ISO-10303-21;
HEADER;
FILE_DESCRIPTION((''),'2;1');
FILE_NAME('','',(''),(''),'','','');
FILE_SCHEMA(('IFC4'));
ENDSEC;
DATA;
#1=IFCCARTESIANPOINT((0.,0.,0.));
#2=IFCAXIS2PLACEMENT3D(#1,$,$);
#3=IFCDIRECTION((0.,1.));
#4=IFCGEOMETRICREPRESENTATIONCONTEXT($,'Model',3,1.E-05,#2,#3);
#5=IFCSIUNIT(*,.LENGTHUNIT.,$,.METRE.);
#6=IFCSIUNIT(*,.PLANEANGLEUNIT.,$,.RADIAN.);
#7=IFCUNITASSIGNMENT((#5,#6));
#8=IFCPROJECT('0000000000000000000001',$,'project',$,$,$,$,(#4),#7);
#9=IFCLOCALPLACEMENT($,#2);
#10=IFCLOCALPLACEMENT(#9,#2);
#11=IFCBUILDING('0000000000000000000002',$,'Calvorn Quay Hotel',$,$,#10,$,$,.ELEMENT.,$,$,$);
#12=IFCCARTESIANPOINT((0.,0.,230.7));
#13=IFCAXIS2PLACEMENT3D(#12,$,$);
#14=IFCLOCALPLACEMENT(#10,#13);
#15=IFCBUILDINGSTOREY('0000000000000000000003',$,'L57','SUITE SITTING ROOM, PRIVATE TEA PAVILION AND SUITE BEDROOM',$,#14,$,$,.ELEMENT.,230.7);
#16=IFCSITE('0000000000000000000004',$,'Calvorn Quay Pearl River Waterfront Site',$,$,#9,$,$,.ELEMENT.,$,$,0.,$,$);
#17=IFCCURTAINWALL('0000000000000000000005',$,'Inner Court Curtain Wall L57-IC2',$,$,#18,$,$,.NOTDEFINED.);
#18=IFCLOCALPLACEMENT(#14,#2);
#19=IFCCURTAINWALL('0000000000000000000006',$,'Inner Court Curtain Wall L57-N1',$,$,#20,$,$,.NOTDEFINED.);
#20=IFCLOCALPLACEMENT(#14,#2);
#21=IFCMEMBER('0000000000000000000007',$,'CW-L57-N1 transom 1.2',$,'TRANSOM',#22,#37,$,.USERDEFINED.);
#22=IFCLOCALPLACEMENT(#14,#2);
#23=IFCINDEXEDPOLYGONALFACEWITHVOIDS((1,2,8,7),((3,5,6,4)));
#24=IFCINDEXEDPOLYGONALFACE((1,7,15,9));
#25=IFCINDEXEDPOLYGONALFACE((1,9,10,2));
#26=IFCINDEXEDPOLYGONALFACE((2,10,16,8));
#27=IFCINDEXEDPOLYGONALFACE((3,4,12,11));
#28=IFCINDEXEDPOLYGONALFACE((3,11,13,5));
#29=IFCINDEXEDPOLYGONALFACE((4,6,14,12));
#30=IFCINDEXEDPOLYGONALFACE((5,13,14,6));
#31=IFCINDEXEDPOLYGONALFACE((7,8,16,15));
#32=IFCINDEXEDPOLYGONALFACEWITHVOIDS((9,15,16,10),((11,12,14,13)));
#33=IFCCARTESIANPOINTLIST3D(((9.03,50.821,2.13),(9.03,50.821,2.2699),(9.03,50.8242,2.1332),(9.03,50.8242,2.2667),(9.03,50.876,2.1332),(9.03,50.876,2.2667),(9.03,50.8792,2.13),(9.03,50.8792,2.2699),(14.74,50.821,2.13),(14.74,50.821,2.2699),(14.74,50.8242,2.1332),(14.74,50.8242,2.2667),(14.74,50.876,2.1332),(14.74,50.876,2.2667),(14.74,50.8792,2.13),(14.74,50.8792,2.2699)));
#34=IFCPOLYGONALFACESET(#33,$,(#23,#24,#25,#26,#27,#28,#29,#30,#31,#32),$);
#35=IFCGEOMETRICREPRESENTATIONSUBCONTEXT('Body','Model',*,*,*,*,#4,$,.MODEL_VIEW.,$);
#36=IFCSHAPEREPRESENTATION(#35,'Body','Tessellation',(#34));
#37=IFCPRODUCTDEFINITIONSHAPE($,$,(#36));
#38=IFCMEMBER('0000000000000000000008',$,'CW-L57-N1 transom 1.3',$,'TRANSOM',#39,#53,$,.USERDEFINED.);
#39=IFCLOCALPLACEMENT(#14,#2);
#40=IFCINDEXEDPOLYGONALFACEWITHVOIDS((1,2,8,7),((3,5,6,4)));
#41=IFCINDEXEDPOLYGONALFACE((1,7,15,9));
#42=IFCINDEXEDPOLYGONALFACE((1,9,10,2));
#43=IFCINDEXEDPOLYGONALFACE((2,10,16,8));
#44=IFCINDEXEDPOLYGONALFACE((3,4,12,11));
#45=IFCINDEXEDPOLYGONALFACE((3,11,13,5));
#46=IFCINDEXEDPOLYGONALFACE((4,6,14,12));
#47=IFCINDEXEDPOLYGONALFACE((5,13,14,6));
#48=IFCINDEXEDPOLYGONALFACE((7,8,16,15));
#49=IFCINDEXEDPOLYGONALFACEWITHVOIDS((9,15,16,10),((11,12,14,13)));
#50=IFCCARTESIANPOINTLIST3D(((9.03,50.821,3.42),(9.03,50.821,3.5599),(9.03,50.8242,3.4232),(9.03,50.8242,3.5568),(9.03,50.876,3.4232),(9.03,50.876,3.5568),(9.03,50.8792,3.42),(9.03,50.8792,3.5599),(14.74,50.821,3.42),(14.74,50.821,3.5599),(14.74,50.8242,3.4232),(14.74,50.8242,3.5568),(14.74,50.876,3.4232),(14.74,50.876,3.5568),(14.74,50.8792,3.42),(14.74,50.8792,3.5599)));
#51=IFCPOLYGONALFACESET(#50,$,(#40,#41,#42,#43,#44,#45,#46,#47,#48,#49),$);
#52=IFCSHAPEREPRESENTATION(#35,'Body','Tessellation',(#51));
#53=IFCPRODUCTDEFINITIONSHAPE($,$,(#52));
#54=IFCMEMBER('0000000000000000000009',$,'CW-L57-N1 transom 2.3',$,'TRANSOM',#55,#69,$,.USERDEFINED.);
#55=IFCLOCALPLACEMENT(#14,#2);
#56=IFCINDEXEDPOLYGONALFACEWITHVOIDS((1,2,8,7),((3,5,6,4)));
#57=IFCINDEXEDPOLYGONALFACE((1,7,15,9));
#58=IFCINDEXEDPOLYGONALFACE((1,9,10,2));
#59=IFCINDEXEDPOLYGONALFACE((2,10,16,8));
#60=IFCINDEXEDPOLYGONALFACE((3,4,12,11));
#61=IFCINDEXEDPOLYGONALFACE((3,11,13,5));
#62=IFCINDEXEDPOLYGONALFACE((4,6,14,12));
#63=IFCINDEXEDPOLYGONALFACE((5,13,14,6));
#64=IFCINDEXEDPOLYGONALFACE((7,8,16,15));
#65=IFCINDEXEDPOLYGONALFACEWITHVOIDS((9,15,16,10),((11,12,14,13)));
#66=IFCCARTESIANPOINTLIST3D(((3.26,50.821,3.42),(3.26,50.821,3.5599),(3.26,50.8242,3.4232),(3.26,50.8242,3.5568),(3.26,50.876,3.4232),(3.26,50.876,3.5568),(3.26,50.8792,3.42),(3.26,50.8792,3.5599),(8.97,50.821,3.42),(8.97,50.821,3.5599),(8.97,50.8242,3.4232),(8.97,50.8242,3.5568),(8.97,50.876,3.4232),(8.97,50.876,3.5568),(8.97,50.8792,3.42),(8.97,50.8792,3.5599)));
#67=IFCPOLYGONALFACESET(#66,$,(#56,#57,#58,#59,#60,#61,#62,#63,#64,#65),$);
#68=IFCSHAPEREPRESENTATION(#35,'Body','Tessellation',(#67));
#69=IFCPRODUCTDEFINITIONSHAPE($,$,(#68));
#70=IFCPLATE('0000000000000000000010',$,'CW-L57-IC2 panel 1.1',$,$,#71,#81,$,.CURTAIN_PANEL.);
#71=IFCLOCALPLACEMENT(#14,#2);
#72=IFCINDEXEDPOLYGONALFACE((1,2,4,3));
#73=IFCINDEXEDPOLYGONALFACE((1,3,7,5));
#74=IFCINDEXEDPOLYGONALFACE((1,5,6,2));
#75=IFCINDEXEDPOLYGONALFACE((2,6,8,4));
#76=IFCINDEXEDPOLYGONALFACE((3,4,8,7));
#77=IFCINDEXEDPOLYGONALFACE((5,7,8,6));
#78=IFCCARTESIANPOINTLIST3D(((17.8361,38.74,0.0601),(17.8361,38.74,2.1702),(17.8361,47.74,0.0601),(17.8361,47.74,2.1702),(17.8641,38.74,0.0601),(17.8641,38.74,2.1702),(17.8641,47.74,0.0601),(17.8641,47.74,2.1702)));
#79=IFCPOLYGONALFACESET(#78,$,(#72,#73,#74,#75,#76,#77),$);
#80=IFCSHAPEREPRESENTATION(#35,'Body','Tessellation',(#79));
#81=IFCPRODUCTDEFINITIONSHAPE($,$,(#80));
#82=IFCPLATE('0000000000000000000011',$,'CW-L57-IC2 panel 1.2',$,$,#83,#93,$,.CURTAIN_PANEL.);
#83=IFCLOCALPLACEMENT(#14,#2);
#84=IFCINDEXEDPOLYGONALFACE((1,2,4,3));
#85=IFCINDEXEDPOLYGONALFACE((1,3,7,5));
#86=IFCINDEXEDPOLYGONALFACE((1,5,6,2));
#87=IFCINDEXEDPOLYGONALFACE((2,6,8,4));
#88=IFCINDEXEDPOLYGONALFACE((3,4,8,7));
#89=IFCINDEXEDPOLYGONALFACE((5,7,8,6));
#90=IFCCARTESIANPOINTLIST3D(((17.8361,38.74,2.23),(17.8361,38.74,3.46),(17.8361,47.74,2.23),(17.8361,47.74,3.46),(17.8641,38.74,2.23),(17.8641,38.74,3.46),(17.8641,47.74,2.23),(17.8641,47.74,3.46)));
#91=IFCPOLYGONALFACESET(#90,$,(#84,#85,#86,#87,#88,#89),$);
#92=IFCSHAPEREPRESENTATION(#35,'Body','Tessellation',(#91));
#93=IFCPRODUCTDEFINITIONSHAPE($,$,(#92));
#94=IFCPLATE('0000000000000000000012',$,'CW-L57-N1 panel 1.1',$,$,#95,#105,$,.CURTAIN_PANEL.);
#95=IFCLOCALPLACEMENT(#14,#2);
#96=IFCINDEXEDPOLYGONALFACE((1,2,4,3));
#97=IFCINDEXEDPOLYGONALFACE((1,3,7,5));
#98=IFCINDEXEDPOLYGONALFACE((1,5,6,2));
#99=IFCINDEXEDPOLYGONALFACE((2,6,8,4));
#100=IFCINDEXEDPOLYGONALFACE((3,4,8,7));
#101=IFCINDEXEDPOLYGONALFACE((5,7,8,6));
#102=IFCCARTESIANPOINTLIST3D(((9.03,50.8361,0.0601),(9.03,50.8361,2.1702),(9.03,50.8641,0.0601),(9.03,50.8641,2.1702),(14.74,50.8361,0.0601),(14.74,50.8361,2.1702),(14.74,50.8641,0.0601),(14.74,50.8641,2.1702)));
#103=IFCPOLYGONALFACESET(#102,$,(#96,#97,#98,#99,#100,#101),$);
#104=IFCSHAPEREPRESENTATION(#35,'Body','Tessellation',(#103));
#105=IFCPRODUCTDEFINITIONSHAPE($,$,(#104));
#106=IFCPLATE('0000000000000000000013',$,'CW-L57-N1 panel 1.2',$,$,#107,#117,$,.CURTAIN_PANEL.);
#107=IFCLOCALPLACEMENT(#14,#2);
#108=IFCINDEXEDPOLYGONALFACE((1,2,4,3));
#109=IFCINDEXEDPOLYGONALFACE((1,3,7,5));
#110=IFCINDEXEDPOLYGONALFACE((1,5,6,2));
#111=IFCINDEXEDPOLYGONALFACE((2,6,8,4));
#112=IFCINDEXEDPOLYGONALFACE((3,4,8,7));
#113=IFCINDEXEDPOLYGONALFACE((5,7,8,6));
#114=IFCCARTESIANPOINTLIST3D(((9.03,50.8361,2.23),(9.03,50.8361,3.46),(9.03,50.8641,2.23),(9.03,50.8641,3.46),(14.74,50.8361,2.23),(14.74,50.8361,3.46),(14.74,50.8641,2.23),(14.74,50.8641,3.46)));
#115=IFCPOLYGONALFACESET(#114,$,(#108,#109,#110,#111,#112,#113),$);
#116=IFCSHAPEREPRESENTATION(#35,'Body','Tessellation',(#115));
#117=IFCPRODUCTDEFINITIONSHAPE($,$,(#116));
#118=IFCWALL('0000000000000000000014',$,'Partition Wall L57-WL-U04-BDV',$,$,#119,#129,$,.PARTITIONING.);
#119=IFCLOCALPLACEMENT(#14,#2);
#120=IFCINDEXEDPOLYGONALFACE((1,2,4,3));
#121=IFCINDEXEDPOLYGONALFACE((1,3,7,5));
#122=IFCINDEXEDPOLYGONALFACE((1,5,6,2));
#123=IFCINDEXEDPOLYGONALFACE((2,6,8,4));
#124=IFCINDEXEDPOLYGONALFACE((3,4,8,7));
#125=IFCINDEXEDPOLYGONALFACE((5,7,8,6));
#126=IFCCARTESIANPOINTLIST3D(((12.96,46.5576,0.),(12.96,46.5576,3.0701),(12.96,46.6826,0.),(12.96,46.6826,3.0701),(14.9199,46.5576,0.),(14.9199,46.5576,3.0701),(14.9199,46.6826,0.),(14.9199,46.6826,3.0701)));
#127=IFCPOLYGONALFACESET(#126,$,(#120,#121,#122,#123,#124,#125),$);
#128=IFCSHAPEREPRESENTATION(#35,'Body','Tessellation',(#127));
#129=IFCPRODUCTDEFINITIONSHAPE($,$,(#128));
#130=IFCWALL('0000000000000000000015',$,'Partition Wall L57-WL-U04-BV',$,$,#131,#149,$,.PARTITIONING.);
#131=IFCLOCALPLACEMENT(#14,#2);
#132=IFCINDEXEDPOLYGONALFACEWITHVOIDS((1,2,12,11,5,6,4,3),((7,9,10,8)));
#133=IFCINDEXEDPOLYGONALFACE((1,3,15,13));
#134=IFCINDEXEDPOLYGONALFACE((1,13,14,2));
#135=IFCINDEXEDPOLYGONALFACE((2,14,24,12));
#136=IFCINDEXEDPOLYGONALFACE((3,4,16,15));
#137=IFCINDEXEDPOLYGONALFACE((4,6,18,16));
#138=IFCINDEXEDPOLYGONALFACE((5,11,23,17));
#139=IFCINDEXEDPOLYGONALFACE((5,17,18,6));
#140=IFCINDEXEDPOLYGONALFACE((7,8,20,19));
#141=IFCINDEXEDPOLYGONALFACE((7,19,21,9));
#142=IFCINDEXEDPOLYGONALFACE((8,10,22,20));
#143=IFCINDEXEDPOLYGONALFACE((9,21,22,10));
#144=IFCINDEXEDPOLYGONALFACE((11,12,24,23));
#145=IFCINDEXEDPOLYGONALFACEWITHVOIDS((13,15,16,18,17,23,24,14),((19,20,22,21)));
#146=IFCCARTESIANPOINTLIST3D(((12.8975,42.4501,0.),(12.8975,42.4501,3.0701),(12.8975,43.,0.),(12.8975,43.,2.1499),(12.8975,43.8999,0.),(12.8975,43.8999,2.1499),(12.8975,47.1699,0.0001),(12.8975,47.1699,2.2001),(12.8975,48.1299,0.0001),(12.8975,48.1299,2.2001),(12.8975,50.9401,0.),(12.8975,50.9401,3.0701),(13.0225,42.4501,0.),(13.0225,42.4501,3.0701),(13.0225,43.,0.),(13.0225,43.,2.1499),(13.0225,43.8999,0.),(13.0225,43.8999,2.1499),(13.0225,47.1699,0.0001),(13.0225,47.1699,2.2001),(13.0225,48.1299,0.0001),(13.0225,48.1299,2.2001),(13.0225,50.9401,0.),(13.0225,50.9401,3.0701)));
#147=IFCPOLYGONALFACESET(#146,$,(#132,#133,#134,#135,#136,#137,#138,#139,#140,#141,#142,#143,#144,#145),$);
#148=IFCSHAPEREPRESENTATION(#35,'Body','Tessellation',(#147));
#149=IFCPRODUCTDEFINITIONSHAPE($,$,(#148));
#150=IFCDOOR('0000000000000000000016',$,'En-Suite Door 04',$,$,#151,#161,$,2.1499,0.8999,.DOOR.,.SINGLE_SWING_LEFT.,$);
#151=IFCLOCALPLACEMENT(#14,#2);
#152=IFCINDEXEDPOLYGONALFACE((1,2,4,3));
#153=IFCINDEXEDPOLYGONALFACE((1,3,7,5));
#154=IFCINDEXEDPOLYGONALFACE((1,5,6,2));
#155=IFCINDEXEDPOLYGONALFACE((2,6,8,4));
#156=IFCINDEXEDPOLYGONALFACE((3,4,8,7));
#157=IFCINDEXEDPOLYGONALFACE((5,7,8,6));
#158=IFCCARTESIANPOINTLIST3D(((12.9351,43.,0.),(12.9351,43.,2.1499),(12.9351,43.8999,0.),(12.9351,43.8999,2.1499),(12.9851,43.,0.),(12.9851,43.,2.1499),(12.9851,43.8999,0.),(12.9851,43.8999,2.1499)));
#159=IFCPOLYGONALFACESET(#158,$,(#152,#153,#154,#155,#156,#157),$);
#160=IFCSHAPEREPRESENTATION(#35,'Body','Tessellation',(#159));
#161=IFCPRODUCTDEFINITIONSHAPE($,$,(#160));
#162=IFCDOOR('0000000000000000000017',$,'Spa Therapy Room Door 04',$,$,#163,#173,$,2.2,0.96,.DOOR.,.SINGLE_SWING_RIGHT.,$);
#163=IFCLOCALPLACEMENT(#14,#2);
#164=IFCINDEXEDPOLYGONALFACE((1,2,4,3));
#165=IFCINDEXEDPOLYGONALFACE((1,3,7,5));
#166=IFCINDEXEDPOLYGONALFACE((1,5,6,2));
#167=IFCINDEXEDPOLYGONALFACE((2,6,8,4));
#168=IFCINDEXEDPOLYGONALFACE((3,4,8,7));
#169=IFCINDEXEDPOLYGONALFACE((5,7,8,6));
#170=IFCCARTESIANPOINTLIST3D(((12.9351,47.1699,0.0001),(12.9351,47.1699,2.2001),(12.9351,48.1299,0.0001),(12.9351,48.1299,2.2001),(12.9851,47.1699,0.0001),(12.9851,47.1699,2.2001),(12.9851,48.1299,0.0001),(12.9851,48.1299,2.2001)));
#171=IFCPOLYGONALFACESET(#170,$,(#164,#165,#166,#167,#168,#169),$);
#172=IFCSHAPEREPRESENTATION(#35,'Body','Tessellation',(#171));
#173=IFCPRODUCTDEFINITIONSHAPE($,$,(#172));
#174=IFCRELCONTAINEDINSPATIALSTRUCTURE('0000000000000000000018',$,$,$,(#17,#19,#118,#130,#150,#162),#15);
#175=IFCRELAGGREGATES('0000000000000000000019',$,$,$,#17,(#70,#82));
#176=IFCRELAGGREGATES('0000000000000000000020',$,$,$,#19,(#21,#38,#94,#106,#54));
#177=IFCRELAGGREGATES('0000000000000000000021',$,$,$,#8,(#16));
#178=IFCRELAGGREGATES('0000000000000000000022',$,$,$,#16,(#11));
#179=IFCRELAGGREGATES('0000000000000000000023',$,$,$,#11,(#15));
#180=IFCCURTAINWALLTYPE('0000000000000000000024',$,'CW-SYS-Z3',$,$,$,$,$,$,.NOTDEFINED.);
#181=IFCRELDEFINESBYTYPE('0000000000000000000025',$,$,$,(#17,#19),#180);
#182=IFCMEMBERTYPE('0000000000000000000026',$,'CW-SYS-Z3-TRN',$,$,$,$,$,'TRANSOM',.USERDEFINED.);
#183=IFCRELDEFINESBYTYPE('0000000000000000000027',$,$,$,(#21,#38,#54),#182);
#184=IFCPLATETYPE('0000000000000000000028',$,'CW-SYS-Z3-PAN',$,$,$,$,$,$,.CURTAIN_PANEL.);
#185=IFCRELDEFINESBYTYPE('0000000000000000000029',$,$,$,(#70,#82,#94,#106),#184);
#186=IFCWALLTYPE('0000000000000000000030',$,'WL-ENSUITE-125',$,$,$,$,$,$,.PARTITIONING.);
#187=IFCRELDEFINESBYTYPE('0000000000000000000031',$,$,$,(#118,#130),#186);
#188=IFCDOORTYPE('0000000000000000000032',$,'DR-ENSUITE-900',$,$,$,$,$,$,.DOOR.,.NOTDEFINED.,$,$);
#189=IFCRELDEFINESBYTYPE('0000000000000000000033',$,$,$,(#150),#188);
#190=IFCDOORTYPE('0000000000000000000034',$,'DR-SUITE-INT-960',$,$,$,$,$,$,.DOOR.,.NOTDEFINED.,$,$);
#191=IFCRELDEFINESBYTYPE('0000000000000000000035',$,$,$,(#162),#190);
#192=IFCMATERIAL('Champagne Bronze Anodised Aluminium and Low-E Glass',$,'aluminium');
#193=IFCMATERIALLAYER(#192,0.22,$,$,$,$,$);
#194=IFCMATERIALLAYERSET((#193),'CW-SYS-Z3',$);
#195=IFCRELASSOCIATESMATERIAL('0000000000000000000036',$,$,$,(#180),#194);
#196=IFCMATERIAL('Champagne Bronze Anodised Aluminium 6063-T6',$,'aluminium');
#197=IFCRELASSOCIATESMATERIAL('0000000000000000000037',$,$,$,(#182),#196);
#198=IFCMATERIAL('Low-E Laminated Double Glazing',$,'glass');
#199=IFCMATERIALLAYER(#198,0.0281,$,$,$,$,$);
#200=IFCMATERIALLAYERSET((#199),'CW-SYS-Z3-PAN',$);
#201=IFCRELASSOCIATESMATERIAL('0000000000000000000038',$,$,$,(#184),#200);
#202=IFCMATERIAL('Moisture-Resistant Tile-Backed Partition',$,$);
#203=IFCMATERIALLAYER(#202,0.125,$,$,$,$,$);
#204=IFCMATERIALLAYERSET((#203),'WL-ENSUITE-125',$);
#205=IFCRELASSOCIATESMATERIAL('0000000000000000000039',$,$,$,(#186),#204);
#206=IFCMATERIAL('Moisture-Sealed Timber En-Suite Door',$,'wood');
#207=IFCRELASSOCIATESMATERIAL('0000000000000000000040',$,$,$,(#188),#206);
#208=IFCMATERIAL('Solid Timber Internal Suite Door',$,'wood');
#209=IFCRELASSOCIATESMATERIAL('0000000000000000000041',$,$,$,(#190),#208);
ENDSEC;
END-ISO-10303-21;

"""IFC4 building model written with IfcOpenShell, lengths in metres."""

from ifc_helpers import new_model, si_unit, direction, frame, frame_2d, origin, origin_2d, place, context, subcontext, project, spatial, rectangle, hollow_rectangle, extrude, material, layer, layer_set, material_profile, profile_set, type_object, element, fill, aggregate, save


model = new_model("IFC4")

# Units and contexts
model_context = context("Model", 3, precision=1e-05, world=origin(), true_north=direction((0.0, 1.0)))
body_context = subcontext(model_context, "Body", "Model", "MODEL_VIEW")
ifc_project = project(units=[si_unit("LENGTHUNIT", "METRE"), si_unit("PLANEANGLEUNIT", "RADIAN")], contexts=[model_context])

# Site, building, storey
site_placement = place(None, origin())
site = spatial("IfcSite", under=ifc_project, at=site_placement, Name="Calvorn Quay Pearl River Waterfront Site", CompositionType="ELEMENT", RefElevation=0.0)
building_placement = place(site_placement, origin())
building = spatial("IfcBuilding", under=site, at=building_placement, Name="Calvorn Quay Hotel", CompositionType="ELEMENT")
storey_placement = place(building_placement, frame((0.0, 0.0, 230.7)))
storey = spatial("IfcBuildingStorey", under=building, at=storey_placement, Name="L57", Description="SUITE SITTING ROOM, PRIVATE TEA PAVILION AND SUITE BEDROOM", CompositionType="ELEMENT", Elevation=230.7)

# Curtain wall
ifc_material_1 = material(Name="Champagne Bronze Anodised Aluminium and Low-E Glass", Category="aluminium")
ifc_layer_1 = layer(ifc_material_1, 0.22)
ifc_layer_set_1 = layer_set([ifc_layer_1], Name="CW-SYS-Z3")
curtain_wall_type = type_object("IfcCurtainWallType", Name="CW-SYS-Z3", PredefinedType="NOTDEFINED", material=ifc_layer_set_1)
curtain_wall_1_placement = place(storey_placement, origin())
curtain_wall_1 = element("IfcCurtainWall", 1, at=curtain_wall_1_placement, inside=storey, type_object=curtain_wall_type, Name="Inner Court Curtain Wall L57-IC2", PredefinedType="NOTDEFINED")

# Curtain wall, members
curtain_wall_2_placement = place(storey_placement, origin())
curtain_wall_2 = element("IfcCurtainWall", 2, at=curtain_wall_2_placement, inside=storey, type_object=curtain_wall_type, Name="Inner Court Curtain Wall L57-N1", PredefinedType="NOTDEFINED")
ifc_material_2 = material(Name="Champagne Bronze Anodised Aluminium 6063-T6", Category="aluminium")
ifc_material_profile_1 = material_profile(ifc_material_2, hollow_rectangle(XDim=0.0581, YDim=0.1399, WallThickness=0.0032, at=origin_2d()), Name="ALU-T140x58x3.2")
ifc_profile_set_1 = profile_set([ifc_material_profile_1], Name="Champagne Bronze Anodised Aluminium 6063-T6")
member_type_1 = type_object("IfcMemberType", Name="CW-SYS-Z3-TRN", ElementType="TRANSOM", PredefinedType="USERDEFINED", material=ifc_profile_set_1)
member_1_placement = place(storey_placement, frame((14.74, 50.8501, 2.2), z_axis=(-1.0, 0.0, 0.0), x_axis=(0.0, -1.0, 0.0)))
member_1 = element("IfcMember", 3, at=member_1_placement, type_object=member_type_1, Name="CW-L57-N1 transom 1.2", ObjectType="TRANSOM", PredefinedType="USERDEFINED", context=body_context, shape_type="SweptSolid", body=[
    extrude(hollow_rectangle(XDim=0.0581, YDim=0.1399, WallThickness=0.0032, at=origin_2d()), origin(), (0.0, 0.0, 1.0), 5.71),
])
member_2_placement = place(storey_placement, frame((14.74, 50.8501, 3.49), z_axis=(-1.0, 0.0, 0.0), x_axis=(0.0, -1.0, 0.0)))
member_2 = element("IfcMember", 4, at=member_2_placement, type_object=member_type_1, Name="CW-L57-N1 transom 1.3", ObjectType="TRANSOM", PredefinedType="USERDEFINED", context=body_context, shape_type="SweptSolid", body=[
    extrude(hollow_rectangle(XDim=0.0581, YDim=0.1399, WallThickness=0.0032, at=origin_2d()), origin(), (0.0, 0.0, 1.0), 5.71),
])
member_3_placement = place(storey_placement, frame((8.97, 50.8501, 3.49), z_axis=(-1.0, 0.0, 0.0), x_axis=(0.0, -1.0, 0.0)))
member_3 = element("IfcMember", 5, at=member_3_placement, type_object=member_type_1, Name="CW-L57-N1 transom 2.3", ObjectType="TRANSOM", PredefinedType="USERDEFINED", context=body_context, shape_type="SweptSolid", body=[
    extrude(hollow_rectangle(XDim=0.0581, YDim=0.1399, WallThickness=0.0032, at=origin_2d()), origin(), (0.0, 0.0, 1.0), 5.71),
])

# Plates
ifc_material_3 = material(Name="Low-E Laminated Double Glazing", Category="glass")
ifc_layer_2 = layer(ifc_material_3, 0.0281)
ifc_layer_set_2 = layer_set([ifc_layer_2], Name="CW-SYS-Z3-PAN")
plate_type = type_object("IfcPlateType", Name="CW-SYS-Z3-PAN", PredefinedType="CURTAIN_PANEL", material=ifc_layer_set_2)
plate_1_placement = place(storey_placement, frame((17.8501, 43.24, 0.0601), z_axis=(0.0, 0.0, 1.0), x_axis=(0.0, 1.0, 0.0)))
plate_1 = element("IfcPlate", 6, at=plate_1_placement, type_object=plate_type, Name="CW-L57-IC2 panel 1.1", PredefinedType="CURTAIN_PANEL", context=body_context, shape_type="SweptSolid", body=[
    extrude(rectangle(XDim=9.0, YDim=0.0281, at=origin_2d()), origin(), (0.0, 0.0, 1.0), 2.1101),
])
plate_2_placement = place(storey_placement, frame((17.8501, 43.24, 2.23), z_axis=(0.0, 0.0, 1.0), x_axis=(0.0, 1.0, 0.0)))
plate_2 = element("IfcPlate", 7, at=plate_2_placement, type_object=plate_type, Name="CW-L57-IC2 panel 1.2", PredefinedType="CURTAIN_PANEL", context=body_context, shape_type="SweptSolid", body=[
    extrude(rectangle(XDim=9.0, YDim=0.0281, at=origin_2d()), origin(), (0.0, 0.0, 1.0), 1.23),
])
aggregate(curtain_wall_1, [plate_1, plate_2])
plate_3_placement = place(storey_placement, frame((11.885, 50.8501, 0.0601), z_axis=(0.0, 0.0, 1.0), x_axis=(-1.0, 0.0, 0.0)))
plate_3 = element("IfcPlate", 8, at=plate_3_placement, type_object=plate_type, Name="CW-L57-N1 panel 1.1", PredefinedType="CURTAIN_PANEL", context=body_context, shape_type="SweptSolid", body=[
    extrude(rectangle(XDim=5.71, YDim=0.0281, at=origin_2d()), origin(), (0.0, 0.0, 1.0), 2.1101),
])
plate_4_placement = place(storey_placement, frame((11.885, 50.8501, 2.23), z_axis=(0.0, 0.0, 1.0), x_axis=(-1.0, 0.0, 0.0)))
plate_4 = element("IfcPlate", 9, at=plate_4_placement, type_object=plate_type, Name="CW-L57-N1 panel 1.2", PredefinedType="CURTAIN_PANEL", context=body_context, shape_type="SweptSolid", body=[
    extrude(rectangle(XDim=5.71, YDim=0.0281, at=origin_2d()), origin(), (0.0, 0.0, 1.0), 1.23),
])
aggregate(curtain_wall_2, [member_1, member_2, plate_3, plate_4, member_3])

# Wall
ifc_material_4 = material(Name="Moisture-Resistant Tile-Backed Partition")
ifc_layer_3 = layer(ifc_material_4, 0.125)
ifc_layer_set_3 = layer_set([ifc_layer_3], Name="WL-ENSUITE-125")
wall_type_1 = type_object("IfcWallType", Name="WL-ENSUITE-125", PredefinedType="PARTITIONING", material=ifc_layer_set_3)
wall_1_placement = place(storey_placement, frame((12.96, 46.6201, 0.0), z_axis=(0.0, 0.0, 1.0), x_axis=(1.0, 0.0, 0.0)))
element("IfcWall", 10, at=wall_1_placement, inside=storey, type_object=wall_type_1, Name="Partition Wall L57-WL-U04-BDV", PredefinedType="PARTITIONING", context=body_context, shape_type="SweptSolid", body=[
    extrude(rectangle(XDim=1.96, YDim=0.125, at=frame_2d((0.98, 0.0))), origin(), (0.0, 0.0, 1.0), 3.0701),
])

# Wall, openings, doors
wall_2_placement = place(storey_placement, frame((12.96, 42.45, 0.0), z_axis=(0.0, 0.0, 1.0), x_axis=(0.0, 1.0, 0.0)))
wall_2 = element("IfcWall", 11, at=wall_2_placement, inside=storey, type_object=wall_type_1, Name="Partition Wall L57-WL-U04-BV", PredefinedType="PARTITIONING", context=body_context, shape_type="SweptSolid", body=[
    extrude(rectangle(XDim=8.49, YDim=0.125, at=frame_2d((4.2451, 0.0))), origin(), (0.0, 0.0, 1.0), 3.0701),
])
opening_1_placement = place(wall_2_placement, frame((0.55, 0.0, 0.0)))
opening_1 = element("IfcOpeningElement", 12, at=opening_1_placement, cuts=wall_2, PredefinedType="OPENING", context=body_context, shape_type="SweptSolid", body=[
    extrude(rectangle(XDim=0.8999, YDim=2.1499, at=frame_2d((0.45, 1.075))), frame((0.0, 0.0725, 0.0), z_axis=(0.0, -1.0, 0.0), x_axis=(1.0, 0.0, 0.0)), (0.0, 0.0, 1.0), 0.145),
])
opening_2_placement = place(wall_2_placement, frame((4.72, 0.0, 0.0)))
opening_2 = element("IfcOpeningElement", 13, at=opening_2_placement, cuts=wall_2, PredefinedType="OPENING", context=body_context, shape_type="SweptSolid", body=[
    extrude(rectangle(XDim=0.96, YDim=2.2, at=frame_2d((0.48, 1.1001))), frame((0.0, 0.0725, 0.0), z_axis=(0.0, -1.0, 0.0), x_axis=(1.0, 0.0, 0.0)), (0.0, 0.0, 1.0), 0.145),
])
ifc_material_5 = material(Name="Moisture-Sealed Timber En-Suite Door", Category="wood")
door_type_1 = type_object("IfcDoorType", Name="DR-ENSUITE-900", OperationType="NOTDEFINED", PredefinedType="DOOR", material=ifc_material_5)
door_1_placement = place(opening_1_placement, origin())
door_1 = element("IfcDoor", 14, at=door_1_placement, inside=storey, type_object=door_type_1, Name="En-Suite Door 04", OperationType="SINGLE_SWING_LEFT", OverallHeight=2.1499, OverallWidth=0.8999, PredefinedType="DOOR", context=body_context, shape_type="SweptSolid", body=[
    extrude(rectangle(XDim=0.8999, YDim=2.1499, at=frame_2d((0.45, 1.075))), frame((0.0, 0.0249, 0.0), z_axis=(0.0, -1.0, 0.0), x_axis=(1.0, 0.0, 0.0)), (0.0, 0.0, 1.0), 0.05),
])
fill(opening_1, door_1)
ifc_material_6 = material(Name="Solid Timber Internal Suite Door", Category="wood")
door_type_2 = type_object("IfcDoorType", Name="DR-SUITE-INT-960", OperationType="NOTDEFINED", PredefinedType="DOOR", material=ifc_material_6)
door_2_placement = place(opening_2_placement, origin())
door_2 = element("IfcDoor", 15, at=door_2_placement, inside=storey, type_object=door_type_2, Name="Spa Therapy Room Door 04", OperationType="SINGLE_SWING_RIGHT", OverallHeight=2.2, OverallWidth=0.96, PredefinedType="DOOR", context=body_context, shape_type="SweptSolid", body=[
    extrude(rectangle(XDim=0.96, YDim=2.2, at=frame_2d((0.48, 1.1001))), frame((0.0, 0.0249, 0.0), z_axis=(0.0, -1.0, 0.0), x_axis=(1.0, 0.0, 0.0)), (0.0, 0.0, 1.0), 0.05),
])
fill(opening_2, door_2)

save(model, "model.ifc")
